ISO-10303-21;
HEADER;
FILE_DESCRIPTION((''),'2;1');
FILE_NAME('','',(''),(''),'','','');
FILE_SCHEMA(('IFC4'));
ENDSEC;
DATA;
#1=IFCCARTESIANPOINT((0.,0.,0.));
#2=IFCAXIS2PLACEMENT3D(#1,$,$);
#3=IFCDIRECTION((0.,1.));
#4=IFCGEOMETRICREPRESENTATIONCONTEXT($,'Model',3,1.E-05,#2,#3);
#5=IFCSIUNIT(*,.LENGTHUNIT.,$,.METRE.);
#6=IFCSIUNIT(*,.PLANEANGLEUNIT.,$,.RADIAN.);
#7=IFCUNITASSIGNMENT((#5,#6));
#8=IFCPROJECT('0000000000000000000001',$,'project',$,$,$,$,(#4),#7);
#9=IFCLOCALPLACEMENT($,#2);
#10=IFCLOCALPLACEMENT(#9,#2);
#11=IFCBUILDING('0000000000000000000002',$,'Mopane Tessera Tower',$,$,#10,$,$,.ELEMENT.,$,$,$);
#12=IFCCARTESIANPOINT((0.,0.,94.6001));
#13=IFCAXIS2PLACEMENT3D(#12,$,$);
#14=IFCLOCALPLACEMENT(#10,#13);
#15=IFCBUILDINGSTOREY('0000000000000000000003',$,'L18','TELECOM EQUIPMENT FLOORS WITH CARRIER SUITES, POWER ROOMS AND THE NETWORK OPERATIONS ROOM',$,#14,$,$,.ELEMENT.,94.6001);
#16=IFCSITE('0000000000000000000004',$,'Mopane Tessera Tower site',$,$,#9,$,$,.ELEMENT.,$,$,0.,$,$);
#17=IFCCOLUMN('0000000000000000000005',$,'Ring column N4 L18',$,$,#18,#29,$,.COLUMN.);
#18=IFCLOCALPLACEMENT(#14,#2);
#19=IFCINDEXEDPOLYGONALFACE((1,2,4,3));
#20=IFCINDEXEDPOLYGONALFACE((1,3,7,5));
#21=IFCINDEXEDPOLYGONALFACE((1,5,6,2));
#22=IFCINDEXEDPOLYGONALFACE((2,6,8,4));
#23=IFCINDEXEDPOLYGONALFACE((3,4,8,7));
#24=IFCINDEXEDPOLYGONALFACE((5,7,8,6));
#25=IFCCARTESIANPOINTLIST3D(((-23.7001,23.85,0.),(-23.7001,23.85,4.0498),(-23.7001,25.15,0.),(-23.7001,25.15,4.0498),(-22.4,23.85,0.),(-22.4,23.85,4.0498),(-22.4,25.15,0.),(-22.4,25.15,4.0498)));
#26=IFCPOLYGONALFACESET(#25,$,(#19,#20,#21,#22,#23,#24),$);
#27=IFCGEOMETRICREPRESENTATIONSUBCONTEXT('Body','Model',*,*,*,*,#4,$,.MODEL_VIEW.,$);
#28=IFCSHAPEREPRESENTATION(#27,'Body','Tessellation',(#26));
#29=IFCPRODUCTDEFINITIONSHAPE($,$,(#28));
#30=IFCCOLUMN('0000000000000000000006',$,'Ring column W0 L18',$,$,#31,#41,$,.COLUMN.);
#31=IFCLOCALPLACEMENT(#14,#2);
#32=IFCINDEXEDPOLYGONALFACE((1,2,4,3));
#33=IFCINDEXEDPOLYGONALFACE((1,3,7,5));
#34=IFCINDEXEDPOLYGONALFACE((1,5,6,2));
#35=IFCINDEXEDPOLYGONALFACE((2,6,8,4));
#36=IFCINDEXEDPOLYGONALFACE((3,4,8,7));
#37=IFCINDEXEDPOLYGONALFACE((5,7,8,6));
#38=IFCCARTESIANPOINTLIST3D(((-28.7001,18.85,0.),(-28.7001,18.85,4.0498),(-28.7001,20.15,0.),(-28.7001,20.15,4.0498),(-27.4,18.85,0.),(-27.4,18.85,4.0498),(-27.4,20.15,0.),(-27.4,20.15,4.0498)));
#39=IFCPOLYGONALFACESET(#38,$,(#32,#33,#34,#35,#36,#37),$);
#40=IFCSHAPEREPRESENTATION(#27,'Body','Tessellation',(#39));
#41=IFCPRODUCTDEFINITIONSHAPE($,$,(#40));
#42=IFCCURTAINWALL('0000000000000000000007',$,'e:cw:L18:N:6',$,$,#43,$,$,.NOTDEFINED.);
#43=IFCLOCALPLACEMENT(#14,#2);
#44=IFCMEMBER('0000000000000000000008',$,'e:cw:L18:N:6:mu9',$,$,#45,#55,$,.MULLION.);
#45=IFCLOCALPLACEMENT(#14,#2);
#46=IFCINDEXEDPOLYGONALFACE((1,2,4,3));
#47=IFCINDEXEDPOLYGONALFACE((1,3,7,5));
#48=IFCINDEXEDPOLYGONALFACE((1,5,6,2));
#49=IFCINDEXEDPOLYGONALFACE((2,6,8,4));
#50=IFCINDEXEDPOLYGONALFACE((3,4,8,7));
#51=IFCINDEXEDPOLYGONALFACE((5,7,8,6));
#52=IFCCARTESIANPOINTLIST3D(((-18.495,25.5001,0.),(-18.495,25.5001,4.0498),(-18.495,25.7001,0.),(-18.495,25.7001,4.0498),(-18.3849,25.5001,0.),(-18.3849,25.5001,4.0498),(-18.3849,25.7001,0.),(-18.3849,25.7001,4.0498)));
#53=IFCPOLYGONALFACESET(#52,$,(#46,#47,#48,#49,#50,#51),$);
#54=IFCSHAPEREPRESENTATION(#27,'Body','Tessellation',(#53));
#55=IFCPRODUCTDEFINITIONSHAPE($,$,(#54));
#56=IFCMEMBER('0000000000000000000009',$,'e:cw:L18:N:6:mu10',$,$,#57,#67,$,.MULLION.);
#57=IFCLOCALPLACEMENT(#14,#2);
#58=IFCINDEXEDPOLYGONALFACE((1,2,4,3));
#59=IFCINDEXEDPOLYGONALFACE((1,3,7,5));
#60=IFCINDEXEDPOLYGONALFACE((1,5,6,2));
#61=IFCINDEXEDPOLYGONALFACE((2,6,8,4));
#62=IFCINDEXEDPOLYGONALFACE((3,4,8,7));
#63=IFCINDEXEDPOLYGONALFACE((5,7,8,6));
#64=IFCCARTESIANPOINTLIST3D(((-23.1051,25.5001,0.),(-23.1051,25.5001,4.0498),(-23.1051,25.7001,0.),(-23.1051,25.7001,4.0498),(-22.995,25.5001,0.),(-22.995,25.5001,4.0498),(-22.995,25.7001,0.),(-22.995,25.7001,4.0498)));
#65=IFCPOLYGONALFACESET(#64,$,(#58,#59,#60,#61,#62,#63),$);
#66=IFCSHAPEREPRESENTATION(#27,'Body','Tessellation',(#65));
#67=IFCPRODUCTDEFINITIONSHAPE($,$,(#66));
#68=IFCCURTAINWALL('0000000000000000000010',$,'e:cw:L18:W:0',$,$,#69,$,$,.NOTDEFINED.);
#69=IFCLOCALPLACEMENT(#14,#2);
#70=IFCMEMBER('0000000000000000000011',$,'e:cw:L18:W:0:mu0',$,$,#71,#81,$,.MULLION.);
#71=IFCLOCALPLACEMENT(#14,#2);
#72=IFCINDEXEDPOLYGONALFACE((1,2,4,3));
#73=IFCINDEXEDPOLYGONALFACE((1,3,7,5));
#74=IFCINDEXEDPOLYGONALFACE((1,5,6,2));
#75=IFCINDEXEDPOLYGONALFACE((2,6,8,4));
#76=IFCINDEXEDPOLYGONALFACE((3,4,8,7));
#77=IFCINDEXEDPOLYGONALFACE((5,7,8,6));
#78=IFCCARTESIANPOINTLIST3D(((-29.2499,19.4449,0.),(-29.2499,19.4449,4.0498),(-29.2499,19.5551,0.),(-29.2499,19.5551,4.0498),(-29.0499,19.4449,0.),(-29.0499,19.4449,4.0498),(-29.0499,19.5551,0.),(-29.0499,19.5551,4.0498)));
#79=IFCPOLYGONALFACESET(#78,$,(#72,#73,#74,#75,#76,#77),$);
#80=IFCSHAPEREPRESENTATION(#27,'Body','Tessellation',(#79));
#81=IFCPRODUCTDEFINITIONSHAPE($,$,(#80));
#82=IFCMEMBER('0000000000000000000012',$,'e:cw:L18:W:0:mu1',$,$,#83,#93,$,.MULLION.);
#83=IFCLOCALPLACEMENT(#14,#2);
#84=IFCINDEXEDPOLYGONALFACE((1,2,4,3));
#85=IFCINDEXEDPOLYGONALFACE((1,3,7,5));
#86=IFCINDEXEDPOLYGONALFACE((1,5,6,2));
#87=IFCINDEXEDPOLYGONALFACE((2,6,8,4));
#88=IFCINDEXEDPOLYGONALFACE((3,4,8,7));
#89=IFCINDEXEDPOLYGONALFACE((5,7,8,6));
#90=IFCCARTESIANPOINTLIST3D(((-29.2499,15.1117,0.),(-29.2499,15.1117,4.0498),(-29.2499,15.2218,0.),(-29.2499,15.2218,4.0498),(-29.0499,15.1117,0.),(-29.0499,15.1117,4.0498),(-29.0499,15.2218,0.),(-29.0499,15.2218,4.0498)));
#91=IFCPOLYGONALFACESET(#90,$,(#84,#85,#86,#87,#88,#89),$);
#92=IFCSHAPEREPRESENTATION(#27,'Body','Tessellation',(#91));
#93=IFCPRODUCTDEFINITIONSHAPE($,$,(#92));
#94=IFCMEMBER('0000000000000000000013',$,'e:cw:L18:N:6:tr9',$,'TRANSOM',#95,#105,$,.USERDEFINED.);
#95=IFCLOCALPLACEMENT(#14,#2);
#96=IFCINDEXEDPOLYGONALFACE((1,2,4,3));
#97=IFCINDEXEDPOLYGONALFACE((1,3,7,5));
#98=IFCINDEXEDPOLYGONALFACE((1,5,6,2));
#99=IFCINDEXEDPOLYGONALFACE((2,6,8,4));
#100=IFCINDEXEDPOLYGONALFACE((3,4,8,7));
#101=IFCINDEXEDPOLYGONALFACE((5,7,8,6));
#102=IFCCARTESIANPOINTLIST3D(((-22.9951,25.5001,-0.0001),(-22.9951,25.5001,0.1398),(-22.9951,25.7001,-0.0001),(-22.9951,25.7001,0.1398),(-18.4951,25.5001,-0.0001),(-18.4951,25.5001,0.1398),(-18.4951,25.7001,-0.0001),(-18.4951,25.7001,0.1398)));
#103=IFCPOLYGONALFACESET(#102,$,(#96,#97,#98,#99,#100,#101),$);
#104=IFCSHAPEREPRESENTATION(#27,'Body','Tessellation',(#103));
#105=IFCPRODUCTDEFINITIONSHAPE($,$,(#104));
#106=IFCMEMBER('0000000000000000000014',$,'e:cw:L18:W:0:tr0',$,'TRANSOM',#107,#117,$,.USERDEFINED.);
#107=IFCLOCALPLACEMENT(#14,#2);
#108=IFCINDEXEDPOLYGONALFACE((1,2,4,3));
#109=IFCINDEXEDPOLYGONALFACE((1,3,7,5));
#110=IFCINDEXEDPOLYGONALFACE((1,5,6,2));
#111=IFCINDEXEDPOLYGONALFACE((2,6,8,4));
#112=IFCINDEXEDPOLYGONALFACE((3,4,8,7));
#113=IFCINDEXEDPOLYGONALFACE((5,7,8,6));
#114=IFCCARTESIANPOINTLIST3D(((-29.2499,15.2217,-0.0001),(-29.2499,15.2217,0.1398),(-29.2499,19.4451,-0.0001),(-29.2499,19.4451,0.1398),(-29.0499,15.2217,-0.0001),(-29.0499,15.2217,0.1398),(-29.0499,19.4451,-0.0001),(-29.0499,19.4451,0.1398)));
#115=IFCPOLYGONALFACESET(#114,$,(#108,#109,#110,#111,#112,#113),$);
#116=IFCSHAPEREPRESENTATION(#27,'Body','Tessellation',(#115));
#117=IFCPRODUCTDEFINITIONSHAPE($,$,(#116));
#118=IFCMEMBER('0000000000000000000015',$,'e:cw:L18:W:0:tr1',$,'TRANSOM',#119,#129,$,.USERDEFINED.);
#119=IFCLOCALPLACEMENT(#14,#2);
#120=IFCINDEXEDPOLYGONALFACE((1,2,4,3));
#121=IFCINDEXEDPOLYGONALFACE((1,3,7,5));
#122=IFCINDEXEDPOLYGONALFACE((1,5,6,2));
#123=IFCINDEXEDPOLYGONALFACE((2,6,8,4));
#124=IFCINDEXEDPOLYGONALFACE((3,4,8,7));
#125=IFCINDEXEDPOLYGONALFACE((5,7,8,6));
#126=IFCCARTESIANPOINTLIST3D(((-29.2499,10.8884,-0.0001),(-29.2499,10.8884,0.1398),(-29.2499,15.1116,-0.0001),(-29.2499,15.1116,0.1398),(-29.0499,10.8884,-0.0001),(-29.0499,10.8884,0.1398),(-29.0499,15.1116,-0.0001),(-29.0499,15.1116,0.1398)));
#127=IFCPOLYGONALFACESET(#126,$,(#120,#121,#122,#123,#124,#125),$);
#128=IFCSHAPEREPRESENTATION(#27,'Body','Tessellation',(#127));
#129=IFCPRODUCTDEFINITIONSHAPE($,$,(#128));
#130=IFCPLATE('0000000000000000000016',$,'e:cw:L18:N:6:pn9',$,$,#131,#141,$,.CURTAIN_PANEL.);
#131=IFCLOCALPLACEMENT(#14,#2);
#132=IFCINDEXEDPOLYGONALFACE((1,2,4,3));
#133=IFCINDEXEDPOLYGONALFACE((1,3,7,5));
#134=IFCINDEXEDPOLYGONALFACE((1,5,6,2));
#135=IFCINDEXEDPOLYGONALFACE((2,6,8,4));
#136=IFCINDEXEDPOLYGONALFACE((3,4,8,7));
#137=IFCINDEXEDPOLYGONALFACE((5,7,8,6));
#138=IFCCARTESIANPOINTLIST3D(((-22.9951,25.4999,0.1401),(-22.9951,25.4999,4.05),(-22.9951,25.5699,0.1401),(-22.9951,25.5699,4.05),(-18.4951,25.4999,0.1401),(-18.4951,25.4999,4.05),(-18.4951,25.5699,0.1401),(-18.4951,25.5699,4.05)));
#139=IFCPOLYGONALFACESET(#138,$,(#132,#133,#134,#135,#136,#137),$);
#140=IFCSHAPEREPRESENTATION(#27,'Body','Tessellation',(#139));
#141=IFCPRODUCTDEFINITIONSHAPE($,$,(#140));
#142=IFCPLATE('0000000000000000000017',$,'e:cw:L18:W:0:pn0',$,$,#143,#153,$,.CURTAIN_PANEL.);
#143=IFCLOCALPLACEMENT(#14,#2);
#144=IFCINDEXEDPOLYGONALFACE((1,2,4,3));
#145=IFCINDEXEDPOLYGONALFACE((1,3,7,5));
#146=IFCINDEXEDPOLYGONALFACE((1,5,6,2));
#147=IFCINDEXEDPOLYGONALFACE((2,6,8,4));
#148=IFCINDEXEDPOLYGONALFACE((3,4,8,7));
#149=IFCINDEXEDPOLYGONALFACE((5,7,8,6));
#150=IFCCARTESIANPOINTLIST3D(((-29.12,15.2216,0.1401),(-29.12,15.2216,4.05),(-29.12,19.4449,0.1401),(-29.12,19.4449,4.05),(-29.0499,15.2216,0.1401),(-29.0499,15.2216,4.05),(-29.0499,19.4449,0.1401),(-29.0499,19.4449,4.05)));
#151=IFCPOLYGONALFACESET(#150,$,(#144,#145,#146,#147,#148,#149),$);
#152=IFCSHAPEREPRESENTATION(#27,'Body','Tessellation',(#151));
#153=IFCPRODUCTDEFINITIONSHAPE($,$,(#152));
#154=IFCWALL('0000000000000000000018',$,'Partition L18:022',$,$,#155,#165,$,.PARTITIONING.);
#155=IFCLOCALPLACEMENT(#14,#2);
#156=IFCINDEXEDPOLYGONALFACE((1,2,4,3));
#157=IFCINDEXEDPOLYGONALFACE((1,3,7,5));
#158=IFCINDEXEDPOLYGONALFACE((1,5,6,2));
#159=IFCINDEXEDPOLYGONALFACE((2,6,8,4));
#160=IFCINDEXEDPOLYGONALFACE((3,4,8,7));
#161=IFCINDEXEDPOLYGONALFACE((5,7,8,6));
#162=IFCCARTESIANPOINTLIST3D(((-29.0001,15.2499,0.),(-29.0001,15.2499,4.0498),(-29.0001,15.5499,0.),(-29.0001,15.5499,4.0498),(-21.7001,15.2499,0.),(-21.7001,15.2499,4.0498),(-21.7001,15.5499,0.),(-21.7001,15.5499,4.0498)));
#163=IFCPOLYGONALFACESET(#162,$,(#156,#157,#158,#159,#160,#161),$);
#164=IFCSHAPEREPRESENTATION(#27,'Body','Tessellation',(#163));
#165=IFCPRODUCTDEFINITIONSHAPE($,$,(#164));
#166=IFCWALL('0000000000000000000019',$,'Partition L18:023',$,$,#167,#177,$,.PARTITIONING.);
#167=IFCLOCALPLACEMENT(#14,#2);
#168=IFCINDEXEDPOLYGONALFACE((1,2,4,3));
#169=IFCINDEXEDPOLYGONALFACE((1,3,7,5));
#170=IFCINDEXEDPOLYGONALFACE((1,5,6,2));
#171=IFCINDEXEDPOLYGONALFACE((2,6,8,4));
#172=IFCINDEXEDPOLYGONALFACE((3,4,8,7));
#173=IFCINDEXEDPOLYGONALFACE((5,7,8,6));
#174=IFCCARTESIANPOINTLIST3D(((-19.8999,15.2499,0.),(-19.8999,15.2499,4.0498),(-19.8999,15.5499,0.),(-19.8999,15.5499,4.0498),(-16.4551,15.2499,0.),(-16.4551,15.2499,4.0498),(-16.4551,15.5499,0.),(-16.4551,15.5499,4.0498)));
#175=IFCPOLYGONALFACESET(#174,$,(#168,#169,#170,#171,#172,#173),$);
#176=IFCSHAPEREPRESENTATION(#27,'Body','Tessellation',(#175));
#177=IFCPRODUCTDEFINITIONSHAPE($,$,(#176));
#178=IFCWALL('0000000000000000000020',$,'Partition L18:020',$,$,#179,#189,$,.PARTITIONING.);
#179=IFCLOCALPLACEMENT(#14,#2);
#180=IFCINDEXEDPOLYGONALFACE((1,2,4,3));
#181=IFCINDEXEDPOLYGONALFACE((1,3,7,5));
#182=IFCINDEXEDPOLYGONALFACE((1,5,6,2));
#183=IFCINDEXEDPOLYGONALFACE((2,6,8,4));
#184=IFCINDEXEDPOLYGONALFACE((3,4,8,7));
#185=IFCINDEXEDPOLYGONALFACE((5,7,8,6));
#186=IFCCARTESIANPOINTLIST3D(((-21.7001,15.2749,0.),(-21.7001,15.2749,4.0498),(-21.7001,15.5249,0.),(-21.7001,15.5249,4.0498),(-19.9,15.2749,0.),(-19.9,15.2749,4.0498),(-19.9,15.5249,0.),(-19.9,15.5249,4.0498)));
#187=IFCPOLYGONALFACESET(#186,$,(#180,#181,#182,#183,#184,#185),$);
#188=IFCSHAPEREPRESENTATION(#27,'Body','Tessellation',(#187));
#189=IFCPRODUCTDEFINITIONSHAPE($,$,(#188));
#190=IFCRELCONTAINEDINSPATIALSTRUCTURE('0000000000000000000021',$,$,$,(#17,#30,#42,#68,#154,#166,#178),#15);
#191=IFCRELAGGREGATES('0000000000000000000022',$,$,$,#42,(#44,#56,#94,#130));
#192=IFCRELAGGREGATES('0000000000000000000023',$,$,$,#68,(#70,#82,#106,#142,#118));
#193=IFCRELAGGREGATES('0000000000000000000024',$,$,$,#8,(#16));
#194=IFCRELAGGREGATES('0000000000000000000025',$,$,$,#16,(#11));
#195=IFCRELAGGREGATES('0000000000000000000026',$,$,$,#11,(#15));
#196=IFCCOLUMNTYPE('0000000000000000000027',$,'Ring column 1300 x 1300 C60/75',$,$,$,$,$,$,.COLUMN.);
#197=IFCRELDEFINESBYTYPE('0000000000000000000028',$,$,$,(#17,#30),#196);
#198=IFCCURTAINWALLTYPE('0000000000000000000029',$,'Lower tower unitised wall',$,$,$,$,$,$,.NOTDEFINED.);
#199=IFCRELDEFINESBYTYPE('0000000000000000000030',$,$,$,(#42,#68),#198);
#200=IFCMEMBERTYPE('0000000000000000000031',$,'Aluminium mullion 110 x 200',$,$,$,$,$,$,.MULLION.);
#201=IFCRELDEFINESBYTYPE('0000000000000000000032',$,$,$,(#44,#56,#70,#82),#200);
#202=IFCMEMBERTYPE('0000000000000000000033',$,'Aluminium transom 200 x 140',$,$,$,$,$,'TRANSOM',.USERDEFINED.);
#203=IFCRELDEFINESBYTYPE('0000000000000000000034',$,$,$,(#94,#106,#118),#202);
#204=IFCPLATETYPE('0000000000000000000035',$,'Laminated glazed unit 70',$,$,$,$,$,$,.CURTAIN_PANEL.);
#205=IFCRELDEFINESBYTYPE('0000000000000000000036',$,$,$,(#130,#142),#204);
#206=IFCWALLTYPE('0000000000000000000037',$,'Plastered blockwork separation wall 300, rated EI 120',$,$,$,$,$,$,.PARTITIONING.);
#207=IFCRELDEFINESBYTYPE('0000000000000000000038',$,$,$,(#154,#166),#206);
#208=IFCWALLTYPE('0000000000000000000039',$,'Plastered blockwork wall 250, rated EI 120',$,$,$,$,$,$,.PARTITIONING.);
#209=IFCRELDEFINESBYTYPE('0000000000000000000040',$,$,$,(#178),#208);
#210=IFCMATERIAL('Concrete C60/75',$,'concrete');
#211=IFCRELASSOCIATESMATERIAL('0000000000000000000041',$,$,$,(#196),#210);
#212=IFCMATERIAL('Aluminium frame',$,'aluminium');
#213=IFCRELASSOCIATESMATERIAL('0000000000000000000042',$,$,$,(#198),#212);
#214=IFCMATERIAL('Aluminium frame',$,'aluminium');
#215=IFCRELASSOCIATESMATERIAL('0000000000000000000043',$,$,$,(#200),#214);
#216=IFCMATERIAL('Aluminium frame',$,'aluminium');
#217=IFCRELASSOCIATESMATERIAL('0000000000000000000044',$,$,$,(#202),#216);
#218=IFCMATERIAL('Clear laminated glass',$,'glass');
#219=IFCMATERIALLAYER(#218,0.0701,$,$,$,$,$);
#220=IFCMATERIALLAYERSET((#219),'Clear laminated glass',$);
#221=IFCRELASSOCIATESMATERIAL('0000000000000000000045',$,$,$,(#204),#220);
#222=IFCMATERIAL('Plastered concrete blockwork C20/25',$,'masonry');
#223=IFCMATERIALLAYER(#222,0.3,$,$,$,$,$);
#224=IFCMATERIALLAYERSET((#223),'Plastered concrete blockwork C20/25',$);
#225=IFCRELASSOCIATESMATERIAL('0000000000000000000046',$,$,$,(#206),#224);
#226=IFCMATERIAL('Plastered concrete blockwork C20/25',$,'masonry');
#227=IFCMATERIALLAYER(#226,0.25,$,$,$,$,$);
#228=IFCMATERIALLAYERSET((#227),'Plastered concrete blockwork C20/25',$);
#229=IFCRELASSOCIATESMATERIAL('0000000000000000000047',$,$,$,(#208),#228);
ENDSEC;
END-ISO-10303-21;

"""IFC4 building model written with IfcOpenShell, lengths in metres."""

from ifc_helpers import new_model, si_unit, direction, frame, frame_2d, origin, origin_2d, place, context, subcontext, project, spatial, rectangle, extrude, material, layer, layer_set, material_profile, profile_set, type_object, element, aggregate, save


model = new_model("IFC4")

# Units and contexts
model_context = context("Model", 3, precision=1e-05, world=origin(), true_north=direction((0.0, 1.0)))
body_context = subcontext(model_context, "Body", "Model", "MODEL_VIEW")
ifc_project = project(units=[si_unit("LENGTHUNIT", "METRE"), si_unit("PLANEANGLEUNIT", "RADIAN")], contexts=[model_context])

# Site, building, storey
site_placement = place(None, origin())
site = spatial("IfcSite", under=ifc_project, at=site_placement, Name="Mopane Tessera Tower site", CompositionType="ELEMENT", RefElevation=0.0)
building_placement = place(site_placement, origin())
building = spatial("IfcBuilding", under=site, at=building_placement, Name="Mopane Tessera Tower", CompositionType="ELEMENT")
storey_placement = place(building_placement, frame((0.0, 0.0, 94.6001)))
storey = spatial("IfcBuildingStorey", under=building, at=storey_placement, Name="L18", Description="TELECOM EQUIPMENT FLOORS WITH CARRIER SUITES, POWER ROOMS AND THE NETWORK OPERATIONS ROOM", CompositionType="ELEMENT", Elevation=94.6001)

# Columns
ifc_material_1 = material(Name="Concrete C60/75", Category="concrete")
ifc_material_profile_1 = material_profile(ifc_material_1, rectangle(XDim=1.3, YDim=1.3, at=origin_2d()))
ifc_profile_set_1 = profile_set([ifc_material_profile_1], Name="Concrete C60/75")
column_type = type_object("IfcColumnType", Name="Ring column 1300 x 1300 C60/75", PredefinedType="COLUMN", material=ifc_profile_set_1)
for number, where, z_axis, x_axis, name in (
    (1, (-23.05, 24.5, 0.0), (0.0, 0.0, 1.0), (1.0, 0.0, 0.0), "Ring column N4 L18"),
    (2, (-28.05, 19.5, 0.0), (0.0, 0.0, 1.0), (1.0, 0.0, 0.0), "Ring column W0 L18"),
):
    element("IfcColumn", number, at=place(storey_placement, frame(where, z_axis=z_axis, x_axis=x_axis)), inside=storey, type_object=column_type, Name=name, PredefinedType="COLUMN", context=body_context, shape_type="SweptSolid", body=[
        extrude(rectangle(XDim=1.3, YDim=1.3, at=origin_2d()), origin(), (0.0, 0.0, 1.0), 4.0498),
    ])

# Curtain walls, members
ifc_material_2 = material(Name="Aluminium frame", Category="aluminium")
curtain_wall_type = type_object("IfcCurtainWallType", Name="Lower tower unitised wall", PredefinedType="NOTDEFINED", material=ifc_material_2)
curtain_wall_1_placement = place(storey_placement, origin())
curtain_wall_1 = element("IfcCurtainWall", 3, at=curtain_wall_1_placement, inside=storey, type_object=curtain_wall_type, Name="e:cw:L18:N:6", PredefinedType="NOTDEFINED")
ifc_material_3 = material(Name="Aluminium frame", Category="aluminium")
ifc_material_profile_2 = material_profile(ifc_material_3, rectangle(XDim=0.1101, YDim=0.2, at=origin_2d()))
ifc_profile_set_2 = profile_set([ifc_material_profile_2], Name="Aluminium frame")
member_type_1 = type_object("IfcMemberType", Name="Aluminium mullion 110 x 200", PredefinedType="MULLION", material=ifc_profile_set_2)
member_1_placement = place(storey_placement, frame((-18.4399, 25.6001, 0.0), z_axis=(0.0, 0.0, 1.0), x_axis=(-1.0, 0.0, 0.0)))
member_1 = element("IfcMember", 4, at=member_1_placement, type_object=member_type_1, Name="e:cw:L18:N:6:mu9", PredefinedType="MULLION", context=body_context, shape_type="SweptSolid", body=[
    extrude(rectangle(XDim=0.1101, YDim=0.2, at=origin_2d()), origin(), (0.0, 0.0, 1.0), 4.0498),
])
member_2_placement = place(storey_placement, frame((-23.05, 25.6001, 0.0), z_axis=(0.0, 0.0, 1.0), x_axis=(-1.0, 0.0, 0.0)))
member_2 = element("IfcMember", 5, at=member_2_placement, type_object=member_type_1, Name="e:cw:L18:N:6:mu10", PredefinedType="MULLION", context=body_context, shape_type="SweptSolid", body=[
    extrude(rectangle(XDim=0.1101, YDim=0.2, at=origin_2d()), origin(), (0.0, 0.0, 1.0), 4.0498),
])
curtain_wall_2_placement = place(storey_placement, origin())
curtain_wall_2 = element("IfcCurtainWall", 6, at=curtain_wall_2_placement, inside=storey, type_object=curtain_wall_type, Name="e:cw:L18:W:0", PredefinedType="NOTDEFINED")
member_3_placement = place(storey_placement, frame((-29.1499, 19.5, 0.0), z_axis=(0.0, 0.0, 1.0), x_axis=(0.0, -1.0, 0.0)))
member_3 = element("IfcMember", 7, at=member_3_placement, type_object=member_type_1, Name="e:cw:L18:W:0:mu0", PredefinedType="MULLION", context=body_context, shape_type="SweptSolid", body=[
    extrude(rectangle(XDim=0.1101, YDim=0.2, at=origin_2d()), origin(), (0.0, 0.0, 1.0), 4.0498),
])
member_4_placement = place(storey_placement, frame((-29.1499, 15.1667, 0.0), z_axis=(0.0, 0.0, 1.0), x_axis=(0.0, -1.0, 0.0)))
member_4 = element("IfcMember", 8, at=member_4_placement, type_object=member_type_1, Name="e:cw:L18:W:0:mu1", PredefinedType="MULLION", context=body_context, shape_type="SweptSolid", body=[
    extrude(rectangle(XDim=0.1101, YDim=0.2, at=origin_2d()), origin(), (0.0, 0.0, 1.0), 4.0498),
])

# Members
ifc_material_4 = material(Name="Aluminium frame", Category="aluminium")
ifc_material_profile_3 = material_profile(ifc_material_4, rectangle(XDim=0.2, YDim=0.1399, at=origin_2d()))
ifc_profile_set_3 = profile_set([ifc_material_profile_3], Name="Aluminium frame")
member_type_2 = type_object("IfcMemberType", Name="Aluminium transom 200 x 140", ElementType="TRANSOM", PredefinedType="USERDEFINED", material=ifc_profile_set_3)
member_5_placement = place(storey_placement, frame((-18.4951, 25.6001, 0.0698), z_axis=(-1.0, 0.0, 0.0), x_axis=(0.0, -1.0, 0.0)))
member_5 = element("IfcMember", 9, at=member_5_placement, type_object=member_type_2, Name="e:cw:L18:N:6:tr9", ObjectType="TRANSOM", PredefinedType="USERDEFINED", context=body_context, shape_type="SweptSolid", body=[
    extrude(rectangle(XDim=0.2, YDim=0.1399, at=origin_2d()), origin(), (0.0, 0.0, 1.0), 4.5),
])
member_6_placement = place(storey_placement, frame((-29.1499, 19.4451, 0.0698), z_axis=(0.0, -1.0, 0.0), x_axis=(1.0, 0.0, 0.0)))
member_6 = element("IfcMember", 10, at=member_6_placement, type_object=member_type_2, Name="e:cw:L18:W:0:tr0", ObjectType="TRANSOM", PredefinedType="USERDEFINED", context=body_context, shape_type="SweptSolid", body=[
    extrude(rectangle(XDim=0.2, YDim=0.1399, at=origin_2d()), origin(), (0.0, 0.0, 1.0), 4.2234),
])
member_7_placement = place(storey_placement, frame((-29.1499, 15.1116, 0.0698), z_axis=(0.0, -1.0, 0.0), x_axis=(1.0, 0.0, 0.0)))
member_7 = element("IfcMember", 11, at=member_7_placement, type_object=member_type_2, Name="e:cw:L18:W:0:tr1", ObjectType="TRANSOM", PredefinedType="USERDEFINED", context=body_context, shape_type="SweptSolid", body=[
    extrude(rectangle(XDim=0.2, YDim=0.1399, at=origin_2d()), origin(), (0.0, 0.0, 1.0), 4.2231),
])

# Plates
ifc_material_5 = material(Name="Clear laminated glass", Category="glass")
ifc_layer_1 = layer(ifc_material_5, 0.0701)
ifc_layer_set_1 = layer_set([ifc_layer_1], Name="Clear laminated glass")
plate_type = type_object("IfcPlateType", Name="Laminated glazed unit 70", PredefinedType="CURTAIN_PANEL", material=ifc_layer_set_1)
plate_1_placement = place(storey_placement, frame((-20.7451, 25.5349, 0.1401), z_axis=(0.0, 0.0, 1.0), x_axis=(-1.0, 0.0, 0.0)))
plate_1 = element("IfcPlate", 12, at=plate_1_placement, type_object=plate_type, Name="e:cw:L18:N:6:pn9", PredefinedType="CURTAIN_PANEL", context=body_context, shape_type="SweptSolid", body=[
    extrude(rectangle(XDim=4.5, YDim=0.0701, at=origin_2d()), origin(), (0.0, 0.0, 1.0), 3.9099),
])
aggregate(curtain_wall_1, [member_1, member_2, member_5, plate_1])
plate_2_placement = place(storey_placement, frame((-29.085, 17.3333, 0.1401), z_axis=(0.0, 0.0, 1.0), x_axis=(0.0, -1.0, 0.0)))
plate_2 = element("IfcPlate", 13, at=plate_2_placement, type_object=plate_type, Name="e:cw:L18:W:0:pn0", PredefinedType="CURTAIN_PANEL", context=body_context, shape_type="SweptSolid", body=[
    extrude(rectangle(XDim=4.2234, YDim=0.0701, at=origin_2d()), origin(), (0.0, 0.0, 1.0), 3.9099),
])
aggregate(curtain_wall_2, [member_3, member_4, member_6, plate_2, member_7])

# Walls
ifc_material_6 = material(Name="Plastered concrete blockwork C20/25", Category="masonry")
ifc_layer_2 = layer(ifc_material_6, 0.3)
ifc_layer_set_2 = layer_set([ifc_layer_2], Name="Plastered concrete blockwork C20/25")
wall_type_1 = type_object("IfcWallType", Name="Plastered blockwork separation wall 300, rated EI 120", PredefinedType="PARTITIONING", material=ifc_layer_set_2)
wall_1_placement = place(storey_placement, frame((-29.0, 15.3999, 0.0), z_axis=(0.0, 0.0, 1.0), x_axis=(1.0, 0.0, 0.0)))
element("IfcWall", 14, at=wall_1_placement, inside=storey, type_object=wall_type_1, Name="Partition L18:022", PredefinedType="PARTITIONING", context=body_context, shape_type="SweptSolid", body=[
    extrude(rectangle(XDim=7.3, YDim=0.3, at=frame_2d((3.6499, 0.0))), origin(), (0.0, 0.0, 1.0), 4.0498),
])
wall_2_placement = place(storey_placement, frame((-19.8999, 15.3999, 0.0), z_axis=(0.0, 0.0, 1.0), x_axis=(1.0, 0.0, 0.0)))
element("IfcWall", 15, at=wall_2_placement, inside=storey, type_object=wall_type_1, Name="Partition L18:023", PredefinedType="PARTITIONING", context=body_context, shape_type="SweptSolid", body=[
    extrude(rectangle(XDim=3.4448, YDim=0.3, at=frame_2d((1.7224, 0.0))), origin(), (0.0, 0.0, 1.0), 4.0498),
])
ifc_material_7 = material(Name="Plastered concrete blockwork C20/25", Category="masonry")
ifc_layer_3 = layer(ifc_material_7, 0.25)
ifc_layer_set_3 = layer_set([ifc_layer_3], Name="Plastered concrete blockwork C20/25")
wall_type_2 = type_object("IfcWallType", Name="Plastered blockwork wall 250, rated EI 120", PredefinedType="PARTITIONING", material=ifc_layer_set_3)
wall_3_placement = place(storey_placement, frame((-21.7, 15.3999, 0.0), z_axis=(0.0, 0.0, 1.0), x_axis=(1.0, 0.0, 0.0)))
element("IfcWall", 16, at=wall_3_placement, inside=storey, type_object=wall_type_2, Name="Partition L18:020", PredefinedType="PARTITIONING", context=body_context, shape_type="SweptSolid", body=[
    extrude(rectangle(XDim=1.8, YDim=0.25, at=frame_2d((0.8999, 0.0))), origin(), (0.0, 0.0, 1.0), 4.0498),
])

save(model, "model.ifc")
